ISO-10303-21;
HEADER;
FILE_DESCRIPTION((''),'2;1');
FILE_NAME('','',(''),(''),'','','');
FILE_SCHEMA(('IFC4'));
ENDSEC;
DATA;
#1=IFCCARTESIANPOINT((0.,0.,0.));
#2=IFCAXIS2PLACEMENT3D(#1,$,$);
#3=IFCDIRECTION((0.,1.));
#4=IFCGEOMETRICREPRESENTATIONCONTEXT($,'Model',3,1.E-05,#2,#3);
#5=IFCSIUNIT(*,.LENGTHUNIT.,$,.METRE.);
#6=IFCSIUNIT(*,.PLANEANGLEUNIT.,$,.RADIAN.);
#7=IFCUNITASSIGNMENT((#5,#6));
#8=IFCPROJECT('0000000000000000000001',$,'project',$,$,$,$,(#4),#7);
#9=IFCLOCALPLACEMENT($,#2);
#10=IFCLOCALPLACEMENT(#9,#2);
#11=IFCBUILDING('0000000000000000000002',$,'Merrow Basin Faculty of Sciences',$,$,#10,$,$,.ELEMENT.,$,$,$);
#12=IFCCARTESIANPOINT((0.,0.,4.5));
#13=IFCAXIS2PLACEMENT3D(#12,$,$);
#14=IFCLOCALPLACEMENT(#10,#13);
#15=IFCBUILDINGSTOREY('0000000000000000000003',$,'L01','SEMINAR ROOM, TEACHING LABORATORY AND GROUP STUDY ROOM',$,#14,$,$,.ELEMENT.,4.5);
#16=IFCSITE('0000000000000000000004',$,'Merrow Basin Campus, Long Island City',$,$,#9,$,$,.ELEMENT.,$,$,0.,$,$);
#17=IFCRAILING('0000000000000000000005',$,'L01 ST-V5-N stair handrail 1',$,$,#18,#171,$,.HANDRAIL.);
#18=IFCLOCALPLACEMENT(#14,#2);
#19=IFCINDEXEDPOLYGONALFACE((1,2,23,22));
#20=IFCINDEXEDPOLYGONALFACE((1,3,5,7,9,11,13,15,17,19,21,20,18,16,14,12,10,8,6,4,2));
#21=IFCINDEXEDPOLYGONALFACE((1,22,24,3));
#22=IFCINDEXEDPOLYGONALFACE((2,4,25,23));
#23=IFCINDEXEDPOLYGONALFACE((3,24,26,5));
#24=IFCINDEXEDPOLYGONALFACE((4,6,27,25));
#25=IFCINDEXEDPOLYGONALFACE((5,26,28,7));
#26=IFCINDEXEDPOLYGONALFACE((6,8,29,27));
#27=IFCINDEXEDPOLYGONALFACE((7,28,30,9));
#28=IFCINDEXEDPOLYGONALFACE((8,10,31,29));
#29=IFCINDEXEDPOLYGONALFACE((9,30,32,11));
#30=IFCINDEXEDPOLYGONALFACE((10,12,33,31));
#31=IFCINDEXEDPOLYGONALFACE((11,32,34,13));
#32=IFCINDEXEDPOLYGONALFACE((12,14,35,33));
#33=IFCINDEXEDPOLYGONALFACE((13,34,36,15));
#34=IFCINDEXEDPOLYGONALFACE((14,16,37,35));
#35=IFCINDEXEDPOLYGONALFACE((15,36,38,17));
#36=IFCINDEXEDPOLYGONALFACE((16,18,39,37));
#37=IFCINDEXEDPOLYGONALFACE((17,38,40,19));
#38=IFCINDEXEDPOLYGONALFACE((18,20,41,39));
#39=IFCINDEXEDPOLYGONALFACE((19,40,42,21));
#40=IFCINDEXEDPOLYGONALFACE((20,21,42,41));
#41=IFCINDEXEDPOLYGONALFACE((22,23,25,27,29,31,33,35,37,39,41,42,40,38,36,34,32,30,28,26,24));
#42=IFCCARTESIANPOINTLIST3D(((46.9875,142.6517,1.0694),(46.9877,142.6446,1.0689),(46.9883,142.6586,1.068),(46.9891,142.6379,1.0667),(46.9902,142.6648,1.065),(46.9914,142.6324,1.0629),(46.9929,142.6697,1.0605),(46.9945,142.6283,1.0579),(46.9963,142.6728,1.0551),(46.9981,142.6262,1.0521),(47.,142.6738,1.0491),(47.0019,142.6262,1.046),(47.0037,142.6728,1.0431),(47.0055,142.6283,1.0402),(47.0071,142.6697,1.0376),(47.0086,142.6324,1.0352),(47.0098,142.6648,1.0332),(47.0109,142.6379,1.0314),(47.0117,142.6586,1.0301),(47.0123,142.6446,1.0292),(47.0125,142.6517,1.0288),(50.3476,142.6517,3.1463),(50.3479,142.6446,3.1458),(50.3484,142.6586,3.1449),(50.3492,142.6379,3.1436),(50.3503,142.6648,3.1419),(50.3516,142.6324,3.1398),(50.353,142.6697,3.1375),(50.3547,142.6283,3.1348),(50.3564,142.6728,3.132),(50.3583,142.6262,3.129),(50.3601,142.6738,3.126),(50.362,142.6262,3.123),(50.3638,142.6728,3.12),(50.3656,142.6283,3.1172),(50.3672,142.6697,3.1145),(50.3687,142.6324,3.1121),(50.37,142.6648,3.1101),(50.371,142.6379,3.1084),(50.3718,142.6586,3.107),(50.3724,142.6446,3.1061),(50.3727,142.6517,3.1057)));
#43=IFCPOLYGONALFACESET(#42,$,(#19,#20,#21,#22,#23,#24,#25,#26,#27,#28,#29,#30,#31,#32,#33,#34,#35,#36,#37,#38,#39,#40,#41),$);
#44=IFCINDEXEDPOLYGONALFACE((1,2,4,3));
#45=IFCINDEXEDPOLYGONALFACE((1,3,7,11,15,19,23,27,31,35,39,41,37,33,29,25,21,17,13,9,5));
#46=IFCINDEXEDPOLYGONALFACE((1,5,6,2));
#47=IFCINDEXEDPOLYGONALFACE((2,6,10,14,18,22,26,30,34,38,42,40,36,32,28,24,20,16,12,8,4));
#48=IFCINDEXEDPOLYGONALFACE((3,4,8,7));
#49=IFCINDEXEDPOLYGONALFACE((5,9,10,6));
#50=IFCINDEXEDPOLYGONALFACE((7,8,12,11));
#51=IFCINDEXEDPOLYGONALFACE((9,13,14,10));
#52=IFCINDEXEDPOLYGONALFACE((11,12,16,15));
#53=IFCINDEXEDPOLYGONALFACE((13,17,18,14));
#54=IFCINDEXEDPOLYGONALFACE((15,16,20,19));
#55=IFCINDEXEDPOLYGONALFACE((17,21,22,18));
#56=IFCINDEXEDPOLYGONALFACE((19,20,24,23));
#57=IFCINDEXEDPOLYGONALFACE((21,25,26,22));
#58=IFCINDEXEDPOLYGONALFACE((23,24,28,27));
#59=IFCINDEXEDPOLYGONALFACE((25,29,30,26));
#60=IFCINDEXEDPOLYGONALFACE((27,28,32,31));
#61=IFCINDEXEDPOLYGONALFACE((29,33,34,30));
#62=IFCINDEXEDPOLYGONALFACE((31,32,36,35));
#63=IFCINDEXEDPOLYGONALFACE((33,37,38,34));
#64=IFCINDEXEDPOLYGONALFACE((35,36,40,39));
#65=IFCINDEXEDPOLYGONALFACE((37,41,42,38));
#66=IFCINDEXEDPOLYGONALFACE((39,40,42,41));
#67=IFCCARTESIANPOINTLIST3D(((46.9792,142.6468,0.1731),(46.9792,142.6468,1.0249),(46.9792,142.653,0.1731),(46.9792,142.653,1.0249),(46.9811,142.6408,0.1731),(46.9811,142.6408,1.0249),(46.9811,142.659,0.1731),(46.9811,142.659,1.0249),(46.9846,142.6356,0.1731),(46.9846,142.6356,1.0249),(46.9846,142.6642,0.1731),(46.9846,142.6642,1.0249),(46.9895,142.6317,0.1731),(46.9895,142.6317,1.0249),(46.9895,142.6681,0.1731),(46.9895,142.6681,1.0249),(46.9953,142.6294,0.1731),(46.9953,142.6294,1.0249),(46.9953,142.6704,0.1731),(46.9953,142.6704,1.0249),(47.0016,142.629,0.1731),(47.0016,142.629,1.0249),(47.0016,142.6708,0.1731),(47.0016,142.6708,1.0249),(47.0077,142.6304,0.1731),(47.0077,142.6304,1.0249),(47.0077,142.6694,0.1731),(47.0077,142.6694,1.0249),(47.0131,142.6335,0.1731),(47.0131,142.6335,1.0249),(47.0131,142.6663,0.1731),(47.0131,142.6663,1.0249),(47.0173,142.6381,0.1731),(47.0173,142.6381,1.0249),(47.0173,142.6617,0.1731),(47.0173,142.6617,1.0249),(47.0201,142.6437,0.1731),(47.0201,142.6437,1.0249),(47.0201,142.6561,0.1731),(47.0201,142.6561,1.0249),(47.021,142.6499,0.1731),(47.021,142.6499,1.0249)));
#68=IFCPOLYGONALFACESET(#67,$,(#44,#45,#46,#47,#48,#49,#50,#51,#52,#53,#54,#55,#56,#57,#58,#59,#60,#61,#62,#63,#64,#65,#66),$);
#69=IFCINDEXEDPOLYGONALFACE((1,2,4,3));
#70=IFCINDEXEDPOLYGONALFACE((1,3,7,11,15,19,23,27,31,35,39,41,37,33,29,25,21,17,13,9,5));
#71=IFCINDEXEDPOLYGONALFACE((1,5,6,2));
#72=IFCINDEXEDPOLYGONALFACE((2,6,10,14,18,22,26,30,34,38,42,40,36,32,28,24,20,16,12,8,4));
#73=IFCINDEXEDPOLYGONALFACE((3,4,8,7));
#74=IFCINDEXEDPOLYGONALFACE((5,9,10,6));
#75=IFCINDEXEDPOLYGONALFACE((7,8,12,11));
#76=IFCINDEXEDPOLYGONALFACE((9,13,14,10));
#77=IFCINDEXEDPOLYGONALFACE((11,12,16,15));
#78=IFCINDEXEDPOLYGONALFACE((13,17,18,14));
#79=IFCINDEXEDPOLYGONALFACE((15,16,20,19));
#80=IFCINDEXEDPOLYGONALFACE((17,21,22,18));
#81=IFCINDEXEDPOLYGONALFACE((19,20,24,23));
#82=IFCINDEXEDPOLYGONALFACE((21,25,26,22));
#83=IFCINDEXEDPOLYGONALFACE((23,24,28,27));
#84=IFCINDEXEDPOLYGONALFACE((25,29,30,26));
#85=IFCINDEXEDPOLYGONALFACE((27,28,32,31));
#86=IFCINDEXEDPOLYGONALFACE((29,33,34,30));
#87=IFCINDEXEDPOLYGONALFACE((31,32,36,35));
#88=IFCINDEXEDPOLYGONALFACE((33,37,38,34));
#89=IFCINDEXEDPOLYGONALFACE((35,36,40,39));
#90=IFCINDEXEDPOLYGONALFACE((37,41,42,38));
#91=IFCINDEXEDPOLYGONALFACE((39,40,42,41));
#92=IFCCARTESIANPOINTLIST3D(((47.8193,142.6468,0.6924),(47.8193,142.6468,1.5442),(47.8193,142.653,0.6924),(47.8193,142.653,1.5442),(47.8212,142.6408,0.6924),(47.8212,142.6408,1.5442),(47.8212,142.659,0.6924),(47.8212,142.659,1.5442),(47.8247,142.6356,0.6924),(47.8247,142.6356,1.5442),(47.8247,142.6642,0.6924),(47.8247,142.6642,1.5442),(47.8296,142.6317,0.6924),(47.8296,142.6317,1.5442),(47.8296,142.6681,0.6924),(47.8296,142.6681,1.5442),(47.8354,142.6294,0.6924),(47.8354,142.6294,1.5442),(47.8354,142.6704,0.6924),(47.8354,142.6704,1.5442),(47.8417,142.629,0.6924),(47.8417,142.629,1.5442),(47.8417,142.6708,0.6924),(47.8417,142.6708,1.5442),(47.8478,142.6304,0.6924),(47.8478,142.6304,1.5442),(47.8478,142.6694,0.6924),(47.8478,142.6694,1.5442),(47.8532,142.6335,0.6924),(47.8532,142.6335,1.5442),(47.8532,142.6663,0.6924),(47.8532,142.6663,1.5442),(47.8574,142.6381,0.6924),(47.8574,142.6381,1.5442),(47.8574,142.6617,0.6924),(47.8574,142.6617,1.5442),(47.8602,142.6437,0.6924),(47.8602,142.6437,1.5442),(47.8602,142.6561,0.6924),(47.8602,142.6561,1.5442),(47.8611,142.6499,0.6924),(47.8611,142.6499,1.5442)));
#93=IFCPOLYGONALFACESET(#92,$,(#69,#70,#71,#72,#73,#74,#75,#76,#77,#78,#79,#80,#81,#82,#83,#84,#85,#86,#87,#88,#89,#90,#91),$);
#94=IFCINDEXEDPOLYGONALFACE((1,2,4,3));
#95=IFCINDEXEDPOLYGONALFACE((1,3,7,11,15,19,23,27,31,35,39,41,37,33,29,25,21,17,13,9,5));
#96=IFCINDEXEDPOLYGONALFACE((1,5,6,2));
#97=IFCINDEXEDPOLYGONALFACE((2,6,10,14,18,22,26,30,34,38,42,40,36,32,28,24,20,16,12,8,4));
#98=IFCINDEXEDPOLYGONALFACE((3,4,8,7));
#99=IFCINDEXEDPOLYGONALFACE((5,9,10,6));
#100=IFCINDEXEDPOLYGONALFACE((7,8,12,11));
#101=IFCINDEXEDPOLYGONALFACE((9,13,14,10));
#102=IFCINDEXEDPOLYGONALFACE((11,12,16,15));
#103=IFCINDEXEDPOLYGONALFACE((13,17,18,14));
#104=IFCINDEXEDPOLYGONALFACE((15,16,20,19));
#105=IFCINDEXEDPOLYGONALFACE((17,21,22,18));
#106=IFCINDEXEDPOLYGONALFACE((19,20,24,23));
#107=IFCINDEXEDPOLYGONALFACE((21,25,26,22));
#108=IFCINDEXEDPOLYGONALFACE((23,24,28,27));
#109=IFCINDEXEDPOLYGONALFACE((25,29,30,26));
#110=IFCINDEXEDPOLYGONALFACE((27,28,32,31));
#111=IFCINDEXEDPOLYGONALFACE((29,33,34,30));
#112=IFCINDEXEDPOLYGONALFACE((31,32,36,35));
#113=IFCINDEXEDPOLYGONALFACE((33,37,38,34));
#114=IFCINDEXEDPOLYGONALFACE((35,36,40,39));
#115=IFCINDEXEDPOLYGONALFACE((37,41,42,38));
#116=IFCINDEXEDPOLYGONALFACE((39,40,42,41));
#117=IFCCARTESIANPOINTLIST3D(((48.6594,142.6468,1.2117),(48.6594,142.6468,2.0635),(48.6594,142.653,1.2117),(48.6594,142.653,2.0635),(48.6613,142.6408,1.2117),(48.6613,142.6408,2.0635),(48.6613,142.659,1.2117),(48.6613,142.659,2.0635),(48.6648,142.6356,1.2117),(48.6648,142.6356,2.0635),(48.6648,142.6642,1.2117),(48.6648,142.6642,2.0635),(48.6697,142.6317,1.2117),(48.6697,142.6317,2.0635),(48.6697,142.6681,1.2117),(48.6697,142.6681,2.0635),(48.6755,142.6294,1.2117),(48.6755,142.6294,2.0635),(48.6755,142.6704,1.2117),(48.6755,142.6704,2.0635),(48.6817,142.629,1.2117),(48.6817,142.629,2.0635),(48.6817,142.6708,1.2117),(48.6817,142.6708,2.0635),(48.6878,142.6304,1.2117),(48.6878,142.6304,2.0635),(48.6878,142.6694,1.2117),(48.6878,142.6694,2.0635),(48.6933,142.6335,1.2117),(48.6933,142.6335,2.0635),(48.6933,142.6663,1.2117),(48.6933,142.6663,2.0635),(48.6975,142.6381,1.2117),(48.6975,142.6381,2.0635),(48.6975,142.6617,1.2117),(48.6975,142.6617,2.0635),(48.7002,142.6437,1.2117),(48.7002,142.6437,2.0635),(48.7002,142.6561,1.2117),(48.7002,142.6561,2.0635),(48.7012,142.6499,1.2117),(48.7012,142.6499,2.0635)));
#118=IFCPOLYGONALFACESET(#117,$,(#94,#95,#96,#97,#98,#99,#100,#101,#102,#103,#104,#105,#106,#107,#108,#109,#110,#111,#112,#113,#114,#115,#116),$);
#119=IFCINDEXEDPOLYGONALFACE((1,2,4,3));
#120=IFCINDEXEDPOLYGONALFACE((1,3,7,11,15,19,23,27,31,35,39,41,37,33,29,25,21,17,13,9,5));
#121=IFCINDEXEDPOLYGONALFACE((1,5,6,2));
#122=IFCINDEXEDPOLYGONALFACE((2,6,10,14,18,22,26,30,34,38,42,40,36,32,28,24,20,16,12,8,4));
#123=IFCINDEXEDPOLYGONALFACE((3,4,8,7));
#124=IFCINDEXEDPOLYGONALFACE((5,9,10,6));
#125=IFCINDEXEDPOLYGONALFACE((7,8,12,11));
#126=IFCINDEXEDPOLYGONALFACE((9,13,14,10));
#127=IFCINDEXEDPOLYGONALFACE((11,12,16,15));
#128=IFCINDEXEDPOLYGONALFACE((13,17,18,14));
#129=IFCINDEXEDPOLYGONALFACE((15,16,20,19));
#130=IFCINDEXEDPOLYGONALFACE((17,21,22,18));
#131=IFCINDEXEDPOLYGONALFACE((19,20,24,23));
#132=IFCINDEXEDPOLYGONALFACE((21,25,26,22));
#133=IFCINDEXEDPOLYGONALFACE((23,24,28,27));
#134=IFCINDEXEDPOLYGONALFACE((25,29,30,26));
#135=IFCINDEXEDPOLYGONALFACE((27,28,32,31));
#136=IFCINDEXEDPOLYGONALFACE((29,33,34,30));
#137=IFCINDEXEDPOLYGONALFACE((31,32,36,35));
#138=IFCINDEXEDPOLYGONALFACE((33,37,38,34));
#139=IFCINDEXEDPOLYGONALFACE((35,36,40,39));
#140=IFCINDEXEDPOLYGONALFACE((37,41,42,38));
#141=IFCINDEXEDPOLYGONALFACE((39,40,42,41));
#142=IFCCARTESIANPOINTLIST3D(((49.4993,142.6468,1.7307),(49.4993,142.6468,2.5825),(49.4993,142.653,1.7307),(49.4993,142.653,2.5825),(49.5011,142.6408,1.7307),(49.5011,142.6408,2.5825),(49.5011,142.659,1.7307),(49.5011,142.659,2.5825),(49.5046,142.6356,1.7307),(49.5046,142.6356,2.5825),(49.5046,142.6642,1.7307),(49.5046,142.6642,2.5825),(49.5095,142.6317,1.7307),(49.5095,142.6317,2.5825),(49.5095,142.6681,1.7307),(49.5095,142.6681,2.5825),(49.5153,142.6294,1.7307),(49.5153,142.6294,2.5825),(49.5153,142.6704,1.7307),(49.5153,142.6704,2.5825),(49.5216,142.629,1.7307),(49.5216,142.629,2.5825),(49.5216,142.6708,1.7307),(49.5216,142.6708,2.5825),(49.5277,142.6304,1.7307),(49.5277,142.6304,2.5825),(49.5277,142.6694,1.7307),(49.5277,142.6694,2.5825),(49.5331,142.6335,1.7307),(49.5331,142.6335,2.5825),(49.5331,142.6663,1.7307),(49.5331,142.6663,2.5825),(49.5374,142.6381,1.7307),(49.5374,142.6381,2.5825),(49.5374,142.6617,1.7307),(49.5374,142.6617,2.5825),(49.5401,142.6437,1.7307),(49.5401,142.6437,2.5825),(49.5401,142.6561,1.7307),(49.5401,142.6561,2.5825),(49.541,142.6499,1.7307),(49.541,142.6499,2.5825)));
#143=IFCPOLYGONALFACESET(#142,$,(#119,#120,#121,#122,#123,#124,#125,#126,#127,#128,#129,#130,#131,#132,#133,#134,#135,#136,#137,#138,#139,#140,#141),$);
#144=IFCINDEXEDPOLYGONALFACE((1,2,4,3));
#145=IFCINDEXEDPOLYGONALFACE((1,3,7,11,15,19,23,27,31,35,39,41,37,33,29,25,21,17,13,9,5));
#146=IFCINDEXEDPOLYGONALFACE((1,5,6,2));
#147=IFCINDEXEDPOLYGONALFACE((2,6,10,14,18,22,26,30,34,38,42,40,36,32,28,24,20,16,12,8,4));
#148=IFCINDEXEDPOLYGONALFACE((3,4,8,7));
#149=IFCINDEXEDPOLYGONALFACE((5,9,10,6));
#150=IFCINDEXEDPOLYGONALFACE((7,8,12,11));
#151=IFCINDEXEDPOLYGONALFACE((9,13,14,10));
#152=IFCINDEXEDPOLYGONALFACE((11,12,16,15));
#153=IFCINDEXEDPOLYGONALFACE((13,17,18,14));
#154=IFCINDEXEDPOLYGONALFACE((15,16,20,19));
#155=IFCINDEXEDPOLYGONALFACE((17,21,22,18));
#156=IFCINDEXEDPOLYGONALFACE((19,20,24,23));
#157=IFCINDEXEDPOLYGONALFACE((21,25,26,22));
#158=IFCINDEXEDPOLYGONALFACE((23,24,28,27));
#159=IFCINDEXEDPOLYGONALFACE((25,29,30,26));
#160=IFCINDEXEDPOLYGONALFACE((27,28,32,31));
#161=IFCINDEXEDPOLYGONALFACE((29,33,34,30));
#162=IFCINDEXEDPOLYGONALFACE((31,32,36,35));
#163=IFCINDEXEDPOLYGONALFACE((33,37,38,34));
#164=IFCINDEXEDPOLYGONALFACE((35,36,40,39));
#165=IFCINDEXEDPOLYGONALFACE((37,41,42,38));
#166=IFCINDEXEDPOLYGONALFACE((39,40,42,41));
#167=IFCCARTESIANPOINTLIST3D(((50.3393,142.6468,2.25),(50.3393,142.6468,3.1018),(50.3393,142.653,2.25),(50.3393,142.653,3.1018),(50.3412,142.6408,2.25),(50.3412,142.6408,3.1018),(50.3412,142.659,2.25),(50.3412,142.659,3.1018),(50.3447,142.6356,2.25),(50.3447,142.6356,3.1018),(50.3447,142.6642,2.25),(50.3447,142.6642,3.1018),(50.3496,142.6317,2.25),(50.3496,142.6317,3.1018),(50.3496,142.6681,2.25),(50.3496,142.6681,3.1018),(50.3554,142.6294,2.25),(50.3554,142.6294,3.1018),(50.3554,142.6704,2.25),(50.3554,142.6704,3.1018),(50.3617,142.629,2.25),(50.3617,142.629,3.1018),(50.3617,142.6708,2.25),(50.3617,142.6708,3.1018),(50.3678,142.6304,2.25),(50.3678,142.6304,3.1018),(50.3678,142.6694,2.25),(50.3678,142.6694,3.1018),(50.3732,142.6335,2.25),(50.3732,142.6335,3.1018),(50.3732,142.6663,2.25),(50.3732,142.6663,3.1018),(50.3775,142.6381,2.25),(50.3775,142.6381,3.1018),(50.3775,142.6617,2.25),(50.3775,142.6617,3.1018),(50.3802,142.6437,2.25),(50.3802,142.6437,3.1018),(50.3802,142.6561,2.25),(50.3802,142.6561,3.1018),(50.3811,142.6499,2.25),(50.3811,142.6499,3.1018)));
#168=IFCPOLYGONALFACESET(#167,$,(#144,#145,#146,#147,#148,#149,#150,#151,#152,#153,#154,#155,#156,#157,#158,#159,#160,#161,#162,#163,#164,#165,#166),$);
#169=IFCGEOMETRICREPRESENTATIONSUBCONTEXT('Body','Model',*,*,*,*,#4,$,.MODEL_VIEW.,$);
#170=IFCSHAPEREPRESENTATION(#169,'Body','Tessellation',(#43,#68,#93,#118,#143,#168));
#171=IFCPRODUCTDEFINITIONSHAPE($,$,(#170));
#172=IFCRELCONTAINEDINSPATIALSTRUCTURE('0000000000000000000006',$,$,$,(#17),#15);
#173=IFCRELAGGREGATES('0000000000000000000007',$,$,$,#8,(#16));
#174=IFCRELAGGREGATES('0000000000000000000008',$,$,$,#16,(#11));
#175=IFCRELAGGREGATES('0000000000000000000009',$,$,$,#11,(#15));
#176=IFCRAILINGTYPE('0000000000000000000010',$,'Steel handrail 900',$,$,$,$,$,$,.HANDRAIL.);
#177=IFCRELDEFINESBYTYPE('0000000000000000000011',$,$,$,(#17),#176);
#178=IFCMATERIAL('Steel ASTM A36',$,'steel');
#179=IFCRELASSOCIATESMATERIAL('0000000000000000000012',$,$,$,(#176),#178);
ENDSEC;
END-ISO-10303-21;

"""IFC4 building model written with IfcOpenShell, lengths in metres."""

from ifc_helpers import new_model, si_unit, direction, frame, origin, origin_2d, place, context, subcontext, project, spatial, circle, extrude, material, type_object, element, save


model = new_model("IFC4")

# Units and contexts
model_context = context("Model", 3, precision=1e-05, world=origin(), true_north=direction((0.0, 1.0)))
body_context = subcontext(model_context, "Body", "Model", "MODEL_VIEW")
ifc_project = project(units=[si_unit("LENGTHUNIT", "METRE"), si_unit("PLANEANGLEUNIT", "RADIAN")], contexts=[model_context])

# Site, building, storey
site_placement = place(None, origin())
site = spatial("IfcSite", under=ifc_project, at=site_placement, Name="Merrow Basin Campus, Long Island City", CompositionType="ELEMENT", RefElevation=0.0)
building_placement = place(site_placement, origin())
building = spatial("IfcBuilding", under=site, at=building_placement, Name="Merrow Basin Faculty of Sciences", CompositionType="ELEMENT")
storey_placement = place(building_placement, frame((0.0, 0.0, 4.5)))
storey = spatial("IfcBuildingStorey", under=building, at=storey_placement, Name="L01", Description="SEMINAR ROOM, TEACHING LABORATORY AND GROUP STUDY ROOM", CompositionType="ELEMENT", Elevation=4.5)

# Railing
ifc_material_1 = material(Name="Steel ASTM A36", Category="steel")
railing_type_1 = type_object("IfcRailingType", Name="Steel handrail 900", PredefinedType="HANDRAIL", material=ifc_material_1)
railing_1_placement = place(storey_placement, frame((47.0, 142.6499, 0.1731)))
element("IfcRailing", 1, at=railing_1_placement, inside=storey, type_object=railing_type_1, Name="L01 ST-V5-N stair handrail 1", PredefinedType="HANDRAIL", context=body_context, shape_type="SweptSolid", body=[
    extrude(circle(Radius=0.0239, at=origin_2d()), frame((0.0, 0.0, 0.876), z_axis=(0.850623, 0.0, 0.525776), x_axis=(0.0, 1.0, 0.0)), (0.0, 0.0, 1.0), 3.9502),
    extrude(circle(Radius=0.021, at=origin_2d()), origin(), (0.0, 0.0, 1.0), 0.8518),
    extrude(circle(Radius=0.021, at=origin_2d()), frame((0.8401, 0.0, 0.5193)), (0.0, 0.0, 1.0), 0.8518),
    extrude(circle(Radius=0.021, at=origin_2d()), frame((1.6802, 0.0, 1.0386)), (0.0, 0.0, 1.0), 0.8518),
    extrude(circle(Radius=0.021, at=origin_2d()), frame((2.52, 0.0, 1.5576)), (0.0, 0.0, 1.0), 0.8518),
    extrude(circle(Radius=0.021, at=origin_2d()), frame((3.3601, 0.0, 2.0769)), (0.0, 0.0, 1.0), 0.8518),
])

save(model, "model.ifc")
